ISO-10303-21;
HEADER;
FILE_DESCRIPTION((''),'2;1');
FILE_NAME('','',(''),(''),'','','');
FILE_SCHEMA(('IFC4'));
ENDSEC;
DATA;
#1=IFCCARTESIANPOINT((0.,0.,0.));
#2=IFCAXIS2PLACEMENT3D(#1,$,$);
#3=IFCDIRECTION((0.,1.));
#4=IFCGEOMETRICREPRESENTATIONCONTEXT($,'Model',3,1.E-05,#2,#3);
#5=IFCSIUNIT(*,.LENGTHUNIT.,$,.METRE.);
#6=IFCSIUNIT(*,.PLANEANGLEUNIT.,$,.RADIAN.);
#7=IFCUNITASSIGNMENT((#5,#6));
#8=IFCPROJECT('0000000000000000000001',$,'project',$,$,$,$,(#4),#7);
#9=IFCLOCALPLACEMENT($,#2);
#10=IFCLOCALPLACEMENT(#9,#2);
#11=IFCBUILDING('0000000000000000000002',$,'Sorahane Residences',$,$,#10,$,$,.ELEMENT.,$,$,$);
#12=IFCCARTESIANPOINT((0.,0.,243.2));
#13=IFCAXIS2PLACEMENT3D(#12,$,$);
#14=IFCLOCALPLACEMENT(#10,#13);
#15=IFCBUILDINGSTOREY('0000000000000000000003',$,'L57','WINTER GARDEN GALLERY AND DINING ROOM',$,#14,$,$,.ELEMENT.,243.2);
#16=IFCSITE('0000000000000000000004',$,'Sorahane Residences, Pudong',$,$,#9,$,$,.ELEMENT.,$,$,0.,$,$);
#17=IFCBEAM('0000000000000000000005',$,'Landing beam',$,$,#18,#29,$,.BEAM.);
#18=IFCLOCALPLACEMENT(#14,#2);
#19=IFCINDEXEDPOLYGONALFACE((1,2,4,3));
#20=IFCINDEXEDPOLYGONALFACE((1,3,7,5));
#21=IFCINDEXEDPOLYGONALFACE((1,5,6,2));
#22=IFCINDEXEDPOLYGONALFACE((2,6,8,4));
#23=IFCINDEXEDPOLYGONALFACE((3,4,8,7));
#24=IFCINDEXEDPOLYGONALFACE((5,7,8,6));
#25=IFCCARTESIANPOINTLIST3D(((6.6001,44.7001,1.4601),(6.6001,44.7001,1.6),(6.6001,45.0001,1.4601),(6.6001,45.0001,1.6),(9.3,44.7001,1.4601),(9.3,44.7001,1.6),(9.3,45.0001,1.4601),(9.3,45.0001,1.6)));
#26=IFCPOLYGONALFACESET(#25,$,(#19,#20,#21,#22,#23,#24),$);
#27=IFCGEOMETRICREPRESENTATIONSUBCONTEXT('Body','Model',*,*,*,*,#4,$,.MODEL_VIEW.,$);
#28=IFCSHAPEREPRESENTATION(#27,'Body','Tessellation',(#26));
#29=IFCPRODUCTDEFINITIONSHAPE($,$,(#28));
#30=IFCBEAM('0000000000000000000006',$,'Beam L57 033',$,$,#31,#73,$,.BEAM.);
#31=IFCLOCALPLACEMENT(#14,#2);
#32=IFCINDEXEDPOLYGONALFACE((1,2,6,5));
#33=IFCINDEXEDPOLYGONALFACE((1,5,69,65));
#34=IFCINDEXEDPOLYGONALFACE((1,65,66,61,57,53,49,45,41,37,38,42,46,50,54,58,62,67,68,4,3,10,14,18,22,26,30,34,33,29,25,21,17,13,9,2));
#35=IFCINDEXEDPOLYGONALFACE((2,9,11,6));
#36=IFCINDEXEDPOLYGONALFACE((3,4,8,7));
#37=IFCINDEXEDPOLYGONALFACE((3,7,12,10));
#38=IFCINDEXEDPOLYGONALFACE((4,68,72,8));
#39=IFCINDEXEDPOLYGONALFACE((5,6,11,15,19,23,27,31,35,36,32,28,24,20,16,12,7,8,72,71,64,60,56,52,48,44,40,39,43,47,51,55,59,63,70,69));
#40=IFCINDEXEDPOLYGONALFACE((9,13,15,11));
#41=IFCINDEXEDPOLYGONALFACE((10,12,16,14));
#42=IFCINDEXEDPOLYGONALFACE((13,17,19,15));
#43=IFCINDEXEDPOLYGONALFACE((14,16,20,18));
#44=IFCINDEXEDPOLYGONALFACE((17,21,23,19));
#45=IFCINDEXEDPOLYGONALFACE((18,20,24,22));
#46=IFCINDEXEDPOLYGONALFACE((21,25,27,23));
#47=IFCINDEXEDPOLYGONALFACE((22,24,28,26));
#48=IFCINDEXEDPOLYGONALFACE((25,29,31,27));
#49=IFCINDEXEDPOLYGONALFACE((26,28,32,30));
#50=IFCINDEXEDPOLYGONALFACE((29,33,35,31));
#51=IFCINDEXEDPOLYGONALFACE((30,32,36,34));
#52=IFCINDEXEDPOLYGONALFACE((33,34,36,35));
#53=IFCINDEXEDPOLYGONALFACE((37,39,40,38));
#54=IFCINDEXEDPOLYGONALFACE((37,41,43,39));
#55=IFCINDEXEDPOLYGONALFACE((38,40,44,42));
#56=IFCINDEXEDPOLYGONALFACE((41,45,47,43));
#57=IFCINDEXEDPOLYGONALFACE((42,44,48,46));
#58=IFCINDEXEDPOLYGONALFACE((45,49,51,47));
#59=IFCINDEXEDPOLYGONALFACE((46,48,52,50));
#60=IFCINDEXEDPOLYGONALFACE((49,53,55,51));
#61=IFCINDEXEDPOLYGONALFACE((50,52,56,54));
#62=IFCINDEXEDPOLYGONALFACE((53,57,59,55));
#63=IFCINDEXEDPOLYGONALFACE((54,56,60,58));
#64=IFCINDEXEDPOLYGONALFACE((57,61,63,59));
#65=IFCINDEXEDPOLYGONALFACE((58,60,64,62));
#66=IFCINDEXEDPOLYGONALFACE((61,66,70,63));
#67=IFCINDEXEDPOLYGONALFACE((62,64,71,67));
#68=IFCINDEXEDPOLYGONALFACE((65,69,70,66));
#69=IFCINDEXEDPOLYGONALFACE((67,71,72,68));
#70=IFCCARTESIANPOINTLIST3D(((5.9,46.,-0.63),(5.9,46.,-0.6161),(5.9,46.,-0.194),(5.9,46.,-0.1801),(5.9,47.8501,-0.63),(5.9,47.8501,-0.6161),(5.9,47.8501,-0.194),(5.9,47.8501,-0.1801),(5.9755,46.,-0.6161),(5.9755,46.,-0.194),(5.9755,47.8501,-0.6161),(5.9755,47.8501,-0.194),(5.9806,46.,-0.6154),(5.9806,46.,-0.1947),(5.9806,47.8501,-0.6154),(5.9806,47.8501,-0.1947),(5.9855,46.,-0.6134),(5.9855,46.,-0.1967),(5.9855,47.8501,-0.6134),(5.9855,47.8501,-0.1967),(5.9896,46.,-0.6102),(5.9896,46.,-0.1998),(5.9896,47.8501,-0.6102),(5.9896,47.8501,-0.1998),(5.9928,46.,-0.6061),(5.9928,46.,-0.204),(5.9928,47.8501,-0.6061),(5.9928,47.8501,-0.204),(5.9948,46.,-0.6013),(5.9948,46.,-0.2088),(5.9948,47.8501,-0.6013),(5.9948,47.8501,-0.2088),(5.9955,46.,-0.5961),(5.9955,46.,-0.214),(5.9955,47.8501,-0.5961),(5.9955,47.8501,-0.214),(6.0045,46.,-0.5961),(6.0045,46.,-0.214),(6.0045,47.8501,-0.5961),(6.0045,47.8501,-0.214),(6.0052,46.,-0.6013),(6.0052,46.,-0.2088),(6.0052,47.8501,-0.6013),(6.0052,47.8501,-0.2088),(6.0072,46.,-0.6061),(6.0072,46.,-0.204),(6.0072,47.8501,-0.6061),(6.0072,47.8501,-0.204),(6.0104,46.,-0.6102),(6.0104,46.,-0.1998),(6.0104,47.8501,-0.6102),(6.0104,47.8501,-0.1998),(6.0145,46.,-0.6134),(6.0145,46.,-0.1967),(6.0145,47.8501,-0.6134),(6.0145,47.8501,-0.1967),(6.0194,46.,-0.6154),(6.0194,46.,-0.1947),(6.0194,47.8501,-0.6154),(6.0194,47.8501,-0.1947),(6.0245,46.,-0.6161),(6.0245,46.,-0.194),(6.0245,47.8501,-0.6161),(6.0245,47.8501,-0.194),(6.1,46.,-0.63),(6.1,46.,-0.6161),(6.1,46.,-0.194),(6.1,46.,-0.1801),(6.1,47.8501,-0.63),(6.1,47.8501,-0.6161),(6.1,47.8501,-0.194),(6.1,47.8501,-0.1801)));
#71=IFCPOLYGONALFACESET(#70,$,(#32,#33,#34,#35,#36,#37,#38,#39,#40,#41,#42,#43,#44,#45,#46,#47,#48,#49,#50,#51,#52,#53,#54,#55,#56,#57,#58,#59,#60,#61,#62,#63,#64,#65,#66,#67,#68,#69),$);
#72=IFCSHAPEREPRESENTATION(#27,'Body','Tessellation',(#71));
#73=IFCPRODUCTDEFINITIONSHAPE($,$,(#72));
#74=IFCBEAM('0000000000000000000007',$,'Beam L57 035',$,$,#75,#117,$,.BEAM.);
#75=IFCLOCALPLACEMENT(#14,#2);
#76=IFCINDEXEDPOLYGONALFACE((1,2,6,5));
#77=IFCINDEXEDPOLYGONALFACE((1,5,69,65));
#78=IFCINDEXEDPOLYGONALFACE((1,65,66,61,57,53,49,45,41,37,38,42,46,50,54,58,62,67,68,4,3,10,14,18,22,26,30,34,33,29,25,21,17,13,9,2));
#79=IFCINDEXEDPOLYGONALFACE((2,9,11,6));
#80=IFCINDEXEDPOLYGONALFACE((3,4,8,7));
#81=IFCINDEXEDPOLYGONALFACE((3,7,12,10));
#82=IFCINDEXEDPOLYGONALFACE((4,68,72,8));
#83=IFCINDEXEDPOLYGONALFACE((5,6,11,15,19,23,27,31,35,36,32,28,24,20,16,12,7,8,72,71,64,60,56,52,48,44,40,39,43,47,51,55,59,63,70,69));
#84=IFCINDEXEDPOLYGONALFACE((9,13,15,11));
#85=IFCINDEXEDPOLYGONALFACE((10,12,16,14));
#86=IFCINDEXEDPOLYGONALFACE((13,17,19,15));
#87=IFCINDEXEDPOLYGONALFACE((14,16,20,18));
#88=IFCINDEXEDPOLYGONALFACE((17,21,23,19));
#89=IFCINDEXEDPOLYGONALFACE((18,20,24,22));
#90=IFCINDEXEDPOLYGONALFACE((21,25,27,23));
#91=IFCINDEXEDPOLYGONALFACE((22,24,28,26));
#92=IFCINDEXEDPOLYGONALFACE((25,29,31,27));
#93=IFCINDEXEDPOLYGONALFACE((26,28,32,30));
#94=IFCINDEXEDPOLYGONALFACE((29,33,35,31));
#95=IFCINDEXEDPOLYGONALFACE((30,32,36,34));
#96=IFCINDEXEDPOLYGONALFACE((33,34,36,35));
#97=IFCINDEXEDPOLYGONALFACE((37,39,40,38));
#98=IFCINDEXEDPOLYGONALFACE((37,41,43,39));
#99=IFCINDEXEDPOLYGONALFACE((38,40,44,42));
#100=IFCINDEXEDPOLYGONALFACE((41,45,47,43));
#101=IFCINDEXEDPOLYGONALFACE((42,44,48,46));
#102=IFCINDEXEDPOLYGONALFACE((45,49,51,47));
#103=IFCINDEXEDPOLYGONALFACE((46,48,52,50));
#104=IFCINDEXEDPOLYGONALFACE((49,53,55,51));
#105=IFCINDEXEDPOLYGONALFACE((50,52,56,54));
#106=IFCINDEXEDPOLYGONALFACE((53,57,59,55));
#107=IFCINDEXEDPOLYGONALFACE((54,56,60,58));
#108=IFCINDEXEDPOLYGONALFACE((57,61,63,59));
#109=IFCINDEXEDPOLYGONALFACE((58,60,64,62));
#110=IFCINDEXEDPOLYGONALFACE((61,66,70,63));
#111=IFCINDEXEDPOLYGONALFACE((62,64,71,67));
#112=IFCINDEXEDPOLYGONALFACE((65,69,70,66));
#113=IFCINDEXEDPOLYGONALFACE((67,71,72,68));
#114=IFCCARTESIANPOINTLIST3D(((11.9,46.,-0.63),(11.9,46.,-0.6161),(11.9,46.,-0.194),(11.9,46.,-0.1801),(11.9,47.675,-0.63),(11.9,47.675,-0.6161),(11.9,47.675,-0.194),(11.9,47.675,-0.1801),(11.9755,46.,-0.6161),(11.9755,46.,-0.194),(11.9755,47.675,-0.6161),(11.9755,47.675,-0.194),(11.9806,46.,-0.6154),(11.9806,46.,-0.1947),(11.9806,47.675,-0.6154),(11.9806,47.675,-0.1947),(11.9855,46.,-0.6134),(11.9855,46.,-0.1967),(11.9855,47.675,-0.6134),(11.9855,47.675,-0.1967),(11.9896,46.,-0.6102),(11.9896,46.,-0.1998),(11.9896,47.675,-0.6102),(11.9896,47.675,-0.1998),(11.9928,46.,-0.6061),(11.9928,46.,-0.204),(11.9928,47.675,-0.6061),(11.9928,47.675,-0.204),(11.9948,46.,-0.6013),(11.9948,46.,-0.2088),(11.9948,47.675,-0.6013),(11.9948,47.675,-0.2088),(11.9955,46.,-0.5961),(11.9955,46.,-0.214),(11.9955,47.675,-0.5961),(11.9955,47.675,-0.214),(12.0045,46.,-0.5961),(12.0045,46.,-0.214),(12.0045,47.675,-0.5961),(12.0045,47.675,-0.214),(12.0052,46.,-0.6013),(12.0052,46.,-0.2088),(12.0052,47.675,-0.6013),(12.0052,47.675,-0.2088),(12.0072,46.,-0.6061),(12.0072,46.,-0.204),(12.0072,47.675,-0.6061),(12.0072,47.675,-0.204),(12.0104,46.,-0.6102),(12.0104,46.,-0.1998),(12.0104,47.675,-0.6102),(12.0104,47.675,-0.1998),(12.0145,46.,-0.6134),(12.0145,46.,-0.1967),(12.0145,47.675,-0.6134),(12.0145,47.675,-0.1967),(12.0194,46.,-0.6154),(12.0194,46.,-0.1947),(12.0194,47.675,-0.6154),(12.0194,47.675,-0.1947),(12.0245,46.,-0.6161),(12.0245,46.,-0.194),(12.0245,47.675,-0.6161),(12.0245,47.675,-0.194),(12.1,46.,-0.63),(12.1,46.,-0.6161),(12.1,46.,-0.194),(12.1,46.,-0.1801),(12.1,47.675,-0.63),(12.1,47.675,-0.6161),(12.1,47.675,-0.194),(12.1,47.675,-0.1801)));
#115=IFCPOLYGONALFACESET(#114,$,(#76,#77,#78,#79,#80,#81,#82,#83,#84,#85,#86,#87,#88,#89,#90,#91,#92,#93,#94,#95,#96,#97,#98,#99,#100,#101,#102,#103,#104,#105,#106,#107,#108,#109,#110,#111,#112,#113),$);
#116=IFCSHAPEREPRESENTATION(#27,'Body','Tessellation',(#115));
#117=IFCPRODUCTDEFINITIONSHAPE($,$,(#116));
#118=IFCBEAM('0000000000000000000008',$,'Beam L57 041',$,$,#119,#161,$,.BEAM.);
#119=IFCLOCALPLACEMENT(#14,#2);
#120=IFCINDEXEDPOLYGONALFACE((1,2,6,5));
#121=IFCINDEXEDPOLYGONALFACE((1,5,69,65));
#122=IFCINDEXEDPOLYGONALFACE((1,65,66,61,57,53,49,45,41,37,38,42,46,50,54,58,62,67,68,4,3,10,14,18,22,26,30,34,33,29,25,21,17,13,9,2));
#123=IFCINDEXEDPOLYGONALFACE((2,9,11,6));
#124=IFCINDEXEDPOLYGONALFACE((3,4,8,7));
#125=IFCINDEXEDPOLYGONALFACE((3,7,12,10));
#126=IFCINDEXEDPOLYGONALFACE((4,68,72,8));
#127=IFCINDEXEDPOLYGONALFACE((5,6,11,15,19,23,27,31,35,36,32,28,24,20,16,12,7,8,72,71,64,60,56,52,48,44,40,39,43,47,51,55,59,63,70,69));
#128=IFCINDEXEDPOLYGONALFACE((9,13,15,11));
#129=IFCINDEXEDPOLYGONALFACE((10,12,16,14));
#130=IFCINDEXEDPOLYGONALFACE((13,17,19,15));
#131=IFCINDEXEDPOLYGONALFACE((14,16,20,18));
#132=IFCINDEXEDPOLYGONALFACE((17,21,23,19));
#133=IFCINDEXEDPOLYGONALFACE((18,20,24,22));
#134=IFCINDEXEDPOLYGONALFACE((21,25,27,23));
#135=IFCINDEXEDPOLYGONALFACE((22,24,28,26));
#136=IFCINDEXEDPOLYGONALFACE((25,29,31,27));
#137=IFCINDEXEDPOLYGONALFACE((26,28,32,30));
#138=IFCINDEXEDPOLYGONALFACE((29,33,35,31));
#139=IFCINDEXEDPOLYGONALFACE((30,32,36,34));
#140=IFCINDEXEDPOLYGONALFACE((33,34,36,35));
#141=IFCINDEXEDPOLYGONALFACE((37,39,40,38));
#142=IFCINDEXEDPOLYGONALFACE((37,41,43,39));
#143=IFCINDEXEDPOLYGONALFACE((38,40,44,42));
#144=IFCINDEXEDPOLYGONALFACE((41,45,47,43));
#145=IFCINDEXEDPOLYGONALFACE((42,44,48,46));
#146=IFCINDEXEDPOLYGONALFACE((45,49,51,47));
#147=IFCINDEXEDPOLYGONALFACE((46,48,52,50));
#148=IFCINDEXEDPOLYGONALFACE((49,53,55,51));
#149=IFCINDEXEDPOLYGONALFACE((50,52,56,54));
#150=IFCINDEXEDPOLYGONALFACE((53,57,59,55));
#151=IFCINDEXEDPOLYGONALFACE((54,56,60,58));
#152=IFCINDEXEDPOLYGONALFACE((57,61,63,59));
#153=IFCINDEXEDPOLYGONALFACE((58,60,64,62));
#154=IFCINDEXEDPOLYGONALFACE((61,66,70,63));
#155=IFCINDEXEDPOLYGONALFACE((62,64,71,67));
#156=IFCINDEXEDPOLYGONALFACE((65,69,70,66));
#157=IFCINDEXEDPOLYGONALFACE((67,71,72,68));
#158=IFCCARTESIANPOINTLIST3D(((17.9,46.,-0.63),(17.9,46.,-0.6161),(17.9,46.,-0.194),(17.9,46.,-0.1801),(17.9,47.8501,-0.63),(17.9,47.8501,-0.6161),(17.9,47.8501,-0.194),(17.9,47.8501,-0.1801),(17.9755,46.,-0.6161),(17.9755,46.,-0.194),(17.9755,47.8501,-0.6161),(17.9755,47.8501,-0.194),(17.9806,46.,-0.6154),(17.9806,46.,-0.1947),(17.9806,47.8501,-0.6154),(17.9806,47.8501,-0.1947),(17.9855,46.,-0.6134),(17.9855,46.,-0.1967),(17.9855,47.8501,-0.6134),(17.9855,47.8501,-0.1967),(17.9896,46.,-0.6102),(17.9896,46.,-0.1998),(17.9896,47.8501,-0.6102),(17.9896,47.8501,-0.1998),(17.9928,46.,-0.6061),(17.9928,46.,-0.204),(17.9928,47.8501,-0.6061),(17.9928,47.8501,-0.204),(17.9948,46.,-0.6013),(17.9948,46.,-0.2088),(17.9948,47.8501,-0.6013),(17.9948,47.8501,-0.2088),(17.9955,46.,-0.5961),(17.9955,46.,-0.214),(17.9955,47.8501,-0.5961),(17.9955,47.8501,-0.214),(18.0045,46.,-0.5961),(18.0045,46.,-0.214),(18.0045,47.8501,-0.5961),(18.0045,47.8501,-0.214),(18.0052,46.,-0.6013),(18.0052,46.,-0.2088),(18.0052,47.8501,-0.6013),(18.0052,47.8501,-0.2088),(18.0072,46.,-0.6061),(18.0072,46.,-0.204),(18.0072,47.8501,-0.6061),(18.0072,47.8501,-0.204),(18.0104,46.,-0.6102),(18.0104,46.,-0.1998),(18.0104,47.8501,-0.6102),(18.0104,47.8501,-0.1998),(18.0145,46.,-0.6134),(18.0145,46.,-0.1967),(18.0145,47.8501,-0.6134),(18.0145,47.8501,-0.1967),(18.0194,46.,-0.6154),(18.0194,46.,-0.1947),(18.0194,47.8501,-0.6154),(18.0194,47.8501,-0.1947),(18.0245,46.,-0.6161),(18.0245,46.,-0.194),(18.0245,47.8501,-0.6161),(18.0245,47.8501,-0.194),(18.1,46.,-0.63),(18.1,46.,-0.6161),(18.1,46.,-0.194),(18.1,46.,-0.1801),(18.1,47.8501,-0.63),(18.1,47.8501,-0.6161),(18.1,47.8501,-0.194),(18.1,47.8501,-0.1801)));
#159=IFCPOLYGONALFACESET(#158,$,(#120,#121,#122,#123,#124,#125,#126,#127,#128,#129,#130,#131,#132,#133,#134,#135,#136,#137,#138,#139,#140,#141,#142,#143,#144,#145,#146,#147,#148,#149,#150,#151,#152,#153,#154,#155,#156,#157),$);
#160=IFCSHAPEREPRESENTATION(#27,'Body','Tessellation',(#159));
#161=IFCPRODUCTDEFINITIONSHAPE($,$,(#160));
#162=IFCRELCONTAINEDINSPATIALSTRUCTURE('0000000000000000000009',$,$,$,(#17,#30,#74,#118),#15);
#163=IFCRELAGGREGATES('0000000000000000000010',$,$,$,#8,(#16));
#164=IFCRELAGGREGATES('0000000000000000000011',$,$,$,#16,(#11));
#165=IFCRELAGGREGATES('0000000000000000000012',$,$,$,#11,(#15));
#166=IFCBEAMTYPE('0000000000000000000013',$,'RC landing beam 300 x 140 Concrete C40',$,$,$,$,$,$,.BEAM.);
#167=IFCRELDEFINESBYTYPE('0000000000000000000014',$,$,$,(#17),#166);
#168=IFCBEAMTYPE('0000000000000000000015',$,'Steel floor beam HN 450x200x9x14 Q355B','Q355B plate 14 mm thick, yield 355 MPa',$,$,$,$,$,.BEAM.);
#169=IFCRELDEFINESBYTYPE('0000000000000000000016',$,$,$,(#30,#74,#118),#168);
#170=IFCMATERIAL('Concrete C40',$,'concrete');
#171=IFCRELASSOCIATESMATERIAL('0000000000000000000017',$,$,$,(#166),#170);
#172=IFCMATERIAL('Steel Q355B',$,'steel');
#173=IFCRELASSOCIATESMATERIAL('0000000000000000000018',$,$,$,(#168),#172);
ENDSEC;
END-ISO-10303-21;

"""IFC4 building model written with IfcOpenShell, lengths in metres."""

from ifc_helpers import new_model, si_unit, direction, frame, origin, origin_2d, place, context, subcontext, project, spatial, rectangle, i_section, extrude, material, material_profile, profile_set, type_object, element, save


model = new_model("IFC4")

# Units and contexts
model_context = context("Model", 3, precision=1e-05, world=origin(), true_north=direction((0.0, 1.0)))
body_context = subcontext(model_context, "Body", "Model", "MODEL_VIEW")
ifc_project = project(units=[si_unit("LENGTHUNIT", "METRE"), si_unit("PLANEANGLEUNIT", "RADIAN")], contexts=[model_context])

# Site, building, storey
site_placement = place(None, origin())
site = spatial("IfcSite", under=ifc_project, at=site_placement, Name="Sorahane Residences, Pudong", CompositionType="ELEMENT", RefElevation=0.0)
building_placement = place(site_placement, origin())
building = spatial("IfcBuilding", under=site, at=building_placement, Name="Sorahane Residences", CompositionType="ELEMENT")
storey_placement = place(building_placement, frame((0.0, 0.0, 243.2)))
storey = spatial("IfcBuildingStorey", under=building, at=storey_placement, Name="L57", Description="WINTER GARDEN GALLERY AND DINING ROOM", CompositionType="ELEMENT", Elevation=243.2)

# Beams
ifc_material_1 = material(Name="Concrete C40", Category="concrete")
ifc_material_profile_1 = material_profile(ifc_material_1, rectangle(XDim=0.3, YDim=0.1399, at=origin_2d()), Name="300x140")
ifc_profile_set_1 = profile_set([ifc_material_profile_1], Name="Concrete C40")
beam_type_1 = type_object("IfcBeamType", Name="RC landing beam 300 x 140 Concrete C40", PredefinedType="BEAM", material=ifc_profile_set_1)
for number, where, z_axis, x_axis, name in (
    (1, (6.6001, 44.8501, 1.53), (1.0, 0.0, 0.0), (0.0, 1.0, 0.0), "Landing beam"),
):
    element("IfcBeam", number, at=place(storey_placement, frame(where, z_axis=z_axis, x_axis=x_axis)), inside=storey, type_object=beam_type_1, Name=name, PredefinedType="BEAM", context=body_context, shape_type="SweptSolid", body=[
        extrude(rectangle(XDim=0.3, YDim=0.1399, at=origin_2d()), origin(), (0.0, 0.0, 1.0), 2.7),
    ])
ifc_material_2 = material(Name="Steel Q355B", Category="steel")
ifc_material_profile_2 = material_profile(ifc_material_2, i_section(OverallWidth=0.2, OverallDepth=0.45, WebThickness=0.009, FlangeThickness=0.0139, FilletRadius=0.02, at=origin_2d()), Name="HN 450x200x9x14")
ifc_profile_set_2 = profile_set([ifc_material_profile_2], Name="Steel Q355B")
beam_type_2 = type_object("IfcBeamType", Name="Steel floor beam HN 450x200x9x14 Q355B", Description="Q355B plate 14 mm thick, yield 355 MPa", PredefinedType="BEAM", material=ifc_profile_set_2)
beam_1_placement = place(storey_placement, frame((6.0, 46.0, -0.405), z_axis=(0.0, 1.0, 0.0), x_axis=(-1.0, 0.0, 0.0)))
element("IfcBeam", 2, at=beam_1_placement, inside=storey, type_object=beam_type_2, Name="Beam L57 033", PredefinedType="BEAM", context=body_context, shape_type="SweptSolid", body=[
    extrude(i_section(OverallWidth=0.2, OverallDepth=0.45, WebThickness=0.009, FlangeThickness=0.0139, FilletRadius=0.02, at=origin_2d()), origin(), (0.0, 0.0, 1.0), 1.8501),
])
beam_2_placement = place(storey_placement, frame((12.0, 46.0, -0.405), z_axis=(0.0, 1.0, 0.0), x_axis=(-1.0, 0.0, 0.0)))
element("IfcBeam", 3, at=beam_2_placement, inside=storey, type_object=beam_type_2, Name="Beam L57 035", PredefinedType="BEAM", context=body_context, shape_type="SweptSolid", body=[
    extrude(i_section(OverallWidth=0.2, OverallDepth=0.45, WebThickness=0.009, FlangeThickness=0.0139, FilletRadius=0.02, at=origin_2d()), origin(), (0.0, 0.0, 1.0), 1.675),
])
beam_3_placement = place(storey_placement, frame((18.0, 46.0, -0.405), z_axis=(0.0, 1.0, 0.0), x_axis=(-1.0, 0.0, 0.0)))
element("IfcBeam", 4, at=beam_3_placement, inside=storey, type_object=beam_type_2, Name="Beam L57 041", PredefinedType="BEAM", context=body_context, shape_type="SweptSolid", body=[
    extrude(i_section(OverallWidth=0.2, OverallDepth=0.45, WebThickness=0.009, FlangeThickness=0.0139, FilletRadius=0.02, at=origin_2d()), origin(), (0.0, 0.0, 1.0), 1.8501),
])

save(model, "model.ifc")
